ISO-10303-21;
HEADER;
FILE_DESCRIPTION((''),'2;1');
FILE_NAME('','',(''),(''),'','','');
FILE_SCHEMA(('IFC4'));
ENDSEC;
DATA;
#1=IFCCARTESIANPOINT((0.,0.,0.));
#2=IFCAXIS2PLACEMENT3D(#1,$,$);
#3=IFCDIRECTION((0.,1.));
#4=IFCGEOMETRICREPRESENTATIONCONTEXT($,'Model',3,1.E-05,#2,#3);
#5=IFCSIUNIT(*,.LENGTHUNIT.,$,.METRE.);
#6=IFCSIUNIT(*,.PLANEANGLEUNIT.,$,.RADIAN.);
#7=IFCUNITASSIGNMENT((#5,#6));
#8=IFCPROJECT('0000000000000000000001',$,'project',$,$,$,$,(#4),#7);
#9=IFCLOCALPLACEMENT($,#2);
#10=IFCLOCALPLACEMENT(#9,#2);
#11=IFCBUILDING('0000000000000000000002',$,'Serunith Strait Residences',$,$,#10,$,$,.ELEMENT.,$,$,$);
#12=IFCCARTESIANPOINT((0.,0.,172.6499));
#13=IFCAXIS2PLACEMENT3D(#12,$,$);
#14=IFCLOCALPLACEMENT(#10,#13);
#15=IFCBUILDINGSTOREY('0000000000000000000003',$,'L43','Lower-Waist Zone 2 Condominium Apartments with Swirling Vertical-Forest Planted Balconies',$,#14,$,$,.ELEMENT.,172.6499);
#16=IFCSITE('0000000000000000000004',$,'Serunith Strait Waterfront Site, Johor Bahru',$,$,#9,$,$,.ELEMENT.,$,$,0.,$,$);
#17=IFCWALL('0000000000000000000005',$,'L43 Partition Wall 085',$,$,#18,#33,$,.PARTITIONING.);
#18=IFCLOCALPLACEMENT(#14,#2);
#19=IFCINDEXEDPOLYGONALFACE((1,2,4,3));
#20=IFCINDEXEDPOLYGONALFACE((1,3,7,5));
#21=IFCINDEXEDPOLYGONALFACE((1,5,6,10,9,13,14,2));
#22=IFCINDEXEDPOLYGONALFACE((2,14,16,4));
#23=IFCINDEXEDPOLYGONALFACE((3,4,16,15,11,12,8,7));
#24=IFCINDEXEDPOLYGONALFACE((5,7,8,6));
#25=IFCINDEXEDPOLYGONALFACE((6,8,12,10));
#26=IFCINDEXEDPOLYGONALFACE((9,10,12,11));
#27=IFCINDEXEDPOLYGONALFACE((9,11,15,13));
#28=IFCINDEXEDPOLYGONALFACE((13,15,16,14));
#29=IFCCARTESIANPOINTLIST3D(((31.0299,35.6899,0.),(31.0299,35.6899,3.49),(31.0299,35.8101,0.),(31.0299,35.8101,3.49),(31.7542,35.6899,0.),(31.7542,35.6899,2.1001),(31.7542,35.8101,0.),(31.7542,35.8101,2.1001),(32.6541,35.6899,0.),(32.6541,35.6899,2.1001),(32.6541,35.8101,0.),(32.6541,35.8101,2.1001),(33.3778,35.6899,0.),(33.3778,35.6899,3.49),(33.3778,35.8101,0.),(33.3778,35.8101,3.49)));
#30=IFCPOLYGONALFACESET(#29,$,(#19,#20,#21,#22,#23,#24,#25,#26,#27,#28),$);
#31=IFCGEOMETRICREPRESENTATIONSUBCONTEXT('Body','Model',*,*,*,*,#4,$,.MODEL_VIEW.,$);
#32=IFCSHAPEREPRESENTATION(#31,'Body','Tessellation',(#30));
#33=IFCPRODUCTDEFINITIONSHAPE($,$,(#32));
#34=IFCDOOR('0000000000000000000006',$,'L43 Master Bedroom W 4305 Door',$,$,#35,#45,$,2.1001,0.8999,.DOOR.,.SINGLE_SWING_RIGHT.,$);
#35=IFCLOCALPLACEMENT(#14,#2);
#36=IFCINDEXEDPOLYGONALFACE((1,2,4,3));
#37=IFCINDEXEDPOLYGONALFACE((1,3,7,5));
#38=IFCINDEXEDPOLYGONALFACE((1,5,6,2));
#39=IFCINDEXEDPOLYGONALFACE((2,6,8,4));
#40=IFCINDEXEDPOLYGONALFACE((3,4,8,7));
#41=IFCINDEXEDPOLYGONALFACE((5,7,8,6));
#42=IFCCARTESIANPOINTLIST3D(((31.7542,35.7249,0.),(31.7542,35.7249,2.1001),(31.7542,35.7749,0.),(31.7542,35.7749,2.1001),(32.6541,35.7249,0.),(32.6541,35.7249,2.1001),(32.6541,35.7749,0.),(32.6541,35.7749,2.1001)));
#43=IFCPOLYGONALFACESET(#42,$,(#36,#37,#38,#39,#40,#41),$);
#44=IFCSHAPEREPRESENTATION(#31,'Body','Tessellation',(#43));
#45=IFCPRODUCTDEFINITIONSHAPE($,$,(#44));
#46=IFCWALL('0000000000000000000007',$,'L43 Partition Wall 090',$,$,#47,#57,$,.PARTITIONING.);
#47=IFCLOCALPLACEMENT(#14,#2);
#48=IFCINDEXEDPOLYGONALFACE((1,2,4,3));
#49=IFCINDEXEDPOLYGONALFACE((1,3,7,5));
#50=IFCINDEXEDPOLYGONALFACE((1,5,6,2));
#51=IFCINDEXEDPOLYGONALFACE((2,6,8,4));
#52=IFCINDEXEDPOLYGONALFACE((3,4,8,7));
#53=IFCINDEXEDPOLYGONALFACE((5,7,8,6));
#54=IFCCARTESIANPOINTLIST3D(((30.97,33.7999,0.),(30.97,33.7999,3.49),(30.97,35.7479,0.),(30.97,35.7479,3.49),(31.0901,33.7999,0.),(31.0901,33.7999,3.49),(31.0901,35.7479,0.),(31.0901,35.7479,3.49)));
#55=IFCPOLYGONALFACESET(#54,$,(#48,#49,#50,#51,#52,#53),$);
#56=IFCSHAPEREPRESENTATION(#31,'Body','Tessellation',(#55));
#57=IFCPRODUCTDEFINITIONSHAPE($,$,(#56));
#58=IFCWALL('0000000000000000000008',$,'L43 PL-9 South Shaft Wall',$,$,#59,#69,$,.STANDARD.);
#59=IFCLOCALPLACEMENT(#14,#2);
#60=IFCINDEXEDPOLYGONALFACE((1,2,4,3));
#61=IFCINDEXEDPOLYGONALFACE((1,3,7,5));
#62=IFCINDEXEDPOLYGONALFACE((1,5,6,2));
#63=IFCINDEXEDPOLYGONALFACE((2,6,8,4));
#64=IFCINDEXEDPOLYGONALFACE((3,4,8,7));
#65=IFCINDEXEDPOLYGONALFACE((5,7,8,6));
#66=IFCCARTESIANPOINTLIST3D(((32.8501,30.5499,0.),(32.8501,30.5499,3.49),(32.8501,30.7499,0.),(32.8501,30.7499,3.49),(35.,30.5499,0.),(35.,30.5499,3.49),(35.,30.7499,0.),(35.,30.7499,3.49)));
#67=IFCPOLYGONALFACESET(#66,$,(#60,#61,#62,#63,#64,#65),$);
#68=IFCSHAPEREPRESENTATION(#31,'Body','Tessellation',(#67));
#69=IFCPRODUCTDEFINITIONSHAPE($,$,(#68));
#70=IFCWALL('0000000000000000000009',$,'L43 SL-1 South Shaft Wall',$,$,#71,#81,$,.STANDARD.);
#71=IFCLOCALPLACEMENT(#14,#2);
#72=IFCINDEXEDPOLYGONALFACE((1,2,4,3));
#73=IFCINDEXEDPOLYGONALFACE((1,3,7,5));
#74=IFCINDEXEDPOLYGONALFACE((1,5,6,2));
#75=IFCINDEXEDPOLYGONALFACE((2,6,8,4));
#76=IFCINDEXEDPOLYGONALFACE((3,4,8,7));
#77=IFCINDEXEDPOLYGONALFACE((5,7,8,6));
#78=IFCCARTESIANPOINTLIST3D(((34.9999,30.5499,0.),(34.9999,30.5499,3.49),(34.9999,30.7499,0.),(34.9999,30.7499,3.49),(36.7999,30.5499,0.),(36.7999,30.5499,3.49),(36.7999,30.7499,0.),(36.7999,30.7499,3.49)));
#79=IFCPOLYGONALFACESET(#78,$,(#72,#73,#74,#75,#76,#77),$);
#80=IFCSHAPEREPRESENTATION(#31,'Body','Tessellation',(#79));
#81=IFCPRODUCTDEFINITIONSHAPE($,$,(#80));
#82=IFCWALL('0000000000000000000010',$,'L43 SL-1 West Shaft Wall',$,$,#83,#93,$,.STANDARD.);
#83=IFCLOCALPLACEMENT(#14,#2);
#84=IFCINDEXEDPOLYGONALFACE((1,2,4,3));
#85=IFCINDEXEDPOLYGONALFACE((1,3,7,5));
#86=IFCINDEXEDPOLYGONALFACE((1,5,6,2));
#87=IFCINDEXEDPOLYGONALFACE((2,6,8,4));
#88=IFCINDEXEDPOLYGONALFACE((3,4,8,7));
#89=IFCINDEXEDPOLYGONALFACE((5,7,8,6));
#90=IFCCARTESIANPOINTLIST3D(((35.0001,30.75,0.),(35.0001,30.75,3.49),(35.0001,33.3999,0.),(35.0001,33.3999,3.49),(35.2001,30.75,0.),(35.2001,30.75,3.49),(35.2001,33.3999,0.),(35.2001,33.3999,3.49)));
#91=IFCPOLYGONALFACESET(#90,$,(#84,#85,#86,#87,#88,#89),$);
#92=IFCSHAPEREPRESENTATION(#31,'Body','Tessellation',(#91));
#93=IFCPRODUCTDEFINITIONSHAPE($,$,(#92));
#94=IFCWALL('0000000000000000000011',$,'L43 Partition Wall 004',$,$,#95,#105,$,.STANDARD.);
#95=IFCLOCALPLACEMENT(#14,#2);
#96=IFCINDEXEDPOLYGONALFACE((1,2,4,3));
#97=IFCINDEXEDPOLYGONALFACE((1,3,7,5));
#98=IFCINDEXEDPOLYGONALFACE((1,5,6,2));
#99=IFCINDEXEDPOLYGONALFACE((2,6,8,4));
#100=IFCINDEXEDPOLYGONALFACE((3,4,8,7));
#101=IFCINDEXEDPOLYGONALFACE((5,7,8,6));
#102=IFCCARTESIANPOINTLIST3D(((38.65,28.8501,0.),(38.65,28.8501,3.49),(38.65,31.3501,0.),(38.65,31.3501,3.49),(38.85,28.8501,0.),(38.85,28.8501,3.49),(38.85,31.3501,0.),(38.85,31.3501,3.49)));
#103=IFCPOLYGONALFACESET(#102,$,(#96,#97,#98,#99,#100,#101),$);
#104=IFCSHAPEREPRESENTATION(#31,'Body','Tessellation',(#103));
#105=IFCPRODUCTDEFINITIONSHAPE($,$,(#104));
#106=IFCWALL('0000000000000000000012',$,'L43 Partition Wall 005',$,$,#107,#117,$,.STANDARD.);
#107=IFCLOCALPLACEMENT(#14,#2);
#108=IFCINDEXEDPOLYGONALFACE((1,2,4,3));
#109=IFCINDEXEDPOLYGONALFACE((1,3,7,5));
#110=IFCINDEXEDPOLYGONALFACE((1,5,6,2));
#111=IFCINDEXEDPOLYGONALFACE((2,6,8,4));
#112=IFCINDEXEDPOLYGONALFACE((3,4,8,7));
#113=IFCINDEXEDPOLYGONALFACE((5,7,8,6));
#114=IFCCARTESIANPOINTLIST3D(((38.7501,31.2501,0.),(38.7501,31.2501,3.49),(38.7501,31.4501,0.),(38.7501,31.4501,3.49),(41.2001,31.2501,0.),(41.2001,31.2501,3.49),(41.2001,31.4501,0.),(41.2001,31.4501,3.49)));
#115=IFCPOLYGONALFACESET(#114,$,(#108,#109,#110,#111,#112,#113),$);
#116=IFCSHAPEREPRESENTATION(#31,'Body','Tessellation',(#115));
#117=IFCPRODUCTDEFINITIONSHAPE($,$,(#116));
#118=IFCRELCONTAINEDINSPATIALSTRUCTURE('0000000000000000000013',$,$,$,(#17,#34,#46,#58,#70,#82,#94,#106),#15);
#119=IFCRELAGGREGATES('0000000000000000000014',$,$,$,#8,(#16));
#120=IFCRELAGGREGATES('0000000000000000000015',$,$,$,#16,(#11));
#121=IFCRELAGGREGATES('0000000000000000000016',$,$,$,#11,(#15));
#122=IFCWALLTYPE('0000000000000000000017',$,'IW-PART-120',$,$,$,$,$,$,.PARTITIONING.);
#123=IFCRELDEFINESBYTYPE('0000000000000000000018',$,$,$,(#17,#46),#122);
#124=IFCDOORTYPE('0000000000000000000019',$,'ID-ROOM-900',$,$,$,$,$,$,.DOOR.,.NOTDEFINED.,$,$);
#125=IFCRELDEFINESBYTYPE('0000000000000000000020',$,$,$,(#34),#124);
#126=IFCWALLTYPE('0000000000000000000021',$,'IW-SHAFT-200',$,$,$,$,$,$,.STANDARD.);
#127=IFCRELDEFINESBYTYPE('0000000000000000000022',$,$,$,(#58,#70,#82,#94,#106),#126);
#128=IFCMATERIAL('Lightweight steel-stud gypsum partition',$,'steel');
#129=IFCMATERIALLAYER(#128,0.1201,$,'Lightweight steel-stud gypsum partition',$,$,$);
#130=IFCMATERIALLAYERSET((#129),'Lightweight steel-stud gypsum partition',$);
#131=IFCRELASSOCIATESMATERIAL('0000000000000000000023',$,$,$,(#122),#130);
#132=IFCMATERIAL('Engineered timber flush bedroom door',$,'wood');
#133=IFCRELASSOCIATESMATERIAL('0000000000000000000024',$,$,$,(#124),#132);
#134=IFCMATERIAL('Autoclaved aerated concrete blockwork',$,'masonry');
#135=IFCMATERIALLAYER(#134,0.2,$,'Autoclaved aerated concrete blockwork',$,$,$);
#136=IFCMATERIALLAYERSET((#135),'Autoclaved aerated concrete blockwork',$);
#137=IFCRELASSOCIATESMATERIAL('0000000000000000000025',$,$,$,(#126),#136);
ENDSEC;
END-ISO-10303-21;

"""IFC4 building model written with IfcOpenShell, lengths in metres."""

from ifc_helpers import new_model, si_unit, direction, frame, frame_2d, origin, place, context, subcontext, project, spatial, rectangle, extrude, source, transform, mapped, material, layer, layer_set, type_object, element, fill, save


model = new_model("IFC4")

# Units and contexts
model_context = context("Model", 3, precision=1e-05, world=origin(), true_north=direction((0.0, 1.0)))
body_context = subcontext(model_context, "Body", "Model", "MODEL_VIEW")
ifc_project = project(units=[si_unit("LENGTHUNIT", "METRE"), si_unit("PLANEANGLEUNIT", "RADIAN")], contexts=[model_context])

# Site, building, storey
site_placement = place(None, origin())
site = spatial("IfcSite", under=ifc_project, at=site_placement, Name="Serunith Strait Waterfront Site, Johor Bahru", CompositionType="ELEMENT", RefElevation=0.0)
building_placement = place(site_placement, origin())
building = spatial("IfcBuilding", under=site, at=building_placement, Name="Serunith Strait Residences", CompositionType="ELEMENT")
storey_placement = place(building_placement, frame((0.0, 0.0, 172.6499)))
storey = spatial("IfcBuildingStorey", under=building, at=storey_placement, Name="L43", Description="Lower-Waist Zone 2 Condominium Apartments with Swirling Vertical-Forest Planted Balconies", CompositionType="ELEMENT", Elevation=172.6499)

# Wall, opening, door
ifc_material_1 = material(Name="Lightweight steel-stud gypsum partition", Category="steel")
ifc_layer_1 = layer(ifc_material_1, 0.1201, Name="Lightweight steel-stud gypsum partition")
ifc_layer_set_1 = layer_set([ifc_layer_1], Name="Lightweight steel-stud gypsum partition")
wall_type_1 = type_object("IfcWallType", Name="IW-PART-120", PredefinedType="PARTITIONING", material=ifc_layer_set_1)
wall_1_placement = place(storey_placement, frame((31.03, 35.75, 0.0), z_axis=(0.0, 0.0, 1.0), x_axis=(1.0, 0.0, 0.0)))
wall_1 = element("IfcWall", 1, at=wall_1_placement, inside=storey, type_object=wall_type_1, Name="L43 Partition Wall 085", PredefinedType="PARTITIONING", context=body_context, shape_type="SweptSolid", body=[
    extrude(rectangle(XDim=2.3479, YDim=0.1201, at=frame_2d((1.1738, 0.0))), origin(), (0.0, 0.0, 1.0), 3.49),
])
opening_1_placement = place(wall_1_placement, frame((0.7241, 0.0, 0.0)))
opening_1 = element("IfcOpeningElement", 2, at=opening_1_placement, cuts=wall_1, PredefinedType="OPENING", context=body_context, shape_type="SweptSolid", body=[
    extrude(rectangle(XDim=0.8999, YDim=2.1001, at=frame_2d((0.45, 1.05))), frame((0.0, 0.0701, 0.0), z_axis=(0.0, -1.0, 0.0), x_axis=(1.0, 0.0, 0.0)), (0.0, 0.0, 1.0), 0.1401),
])
ifc_material_2 = material(Name="Engineered timber flush bedroom door", Category="wood")
door_type_1 = type_object("IfcDoorType", Name="ID-ROOM-900", OperationType="NOTDEFINED", PredefinedType="DOOR", material=ifc_material_2)
shared_shape_1 = source(origin(), body_context, "Body", "SweptSolid", [
    extrude(rectangle(XDim=0.8999, YDim=2.1001, at=frame_2d((0.45, 1.05))), frame((0.0, 0.0249, 0.0), z_axis=(0.0, -1.0, 0.0), x_axis=(1.0, 0.0, 0.0)), (0.0, 0.0, 1.0), 0.05),
])
door_1_placement = place(opening_1_placement, origin())
door_1 = element("IfcDoor", 3, at=door_1_placement, inside=storey, type_object=door_type_1, Name="L43 Master Bedroom W 4305 Door", OperationType="SINGLE_SWING_RIGHT", OverallHeight=2.1001, OverallWidth=0.8999, PredefinedType="DOOR", context=body_context, shape_type="MappedRepresentation", body=[
    mapped(shared_shape_1, transform((0.0, 0.0, 0.0), scale=1.0)),
])
fill(opening_1, door_1)

# Walls
wall_2_placement = place(storey_placement, frame((31.03, 35.748, 0.0), z_axis=(0.0, 0.0, 1.0), x_axis=(0.0, -1.0, 0.0)))
element("IfcWall", 4, at=wall_2_placement, inside=storey, type_object=wall_type_1, Name="L43 Partition Wall 090", PredefinedType="PARTITIONING", context=body_context, shape_type="SweptSolid", body=[
    extrude(rectangle(XDim=1.948, YDim=0.1201, at=frame_2d((0.9741, 0.0))), origin(), (0.0, 0.0, 1.0), 3.49),
])
ifc_material_3 = material(Name="Autoclaved aerated concrete blockwork", Category="masonry")
ifc_layer_2 = layer(ifc_material_3, 0.2, Name="Autoclaved aerated concrete blockwork")
ifc_layer_set_2 = layer_set([ifc_layer_2], Name="Autoclaved aerated concrete blockwork")
wall_type_2 = type_object("IfcWallType", Name="IW-SHAFT-200", PredefinedType="STANDARD", material=ifc_layer_set_2)
wall_3_placement = place(storey_placement, frame((32.8501, 30.6499, 0.0), z_axis=(0.0, 0.0, 1.0), x_axis=(1.0, 0.0, 0.0)))
element("IfcWall", 5, at=wall_3_placement, inside=storey, type_object=wall_type_2, Name="L43 PL-9 South Shaft Wall", PredefinedType="STANDARD", context=body_context, shape_type="SweptSolid", body=[
    extrude(rectangle(XDim=2.1499, YDim=0.2, at=frame_2d((1.075, 0.0))), origin(), (0.0, 0.0, 1.0), 3.49),
])
wall_4_placement = place(storey_placement, frame((35.0, 30.6499, 0.0), z_axis=(0.0, 0.0, 1.0), x_axis=(1.0, 0.0, 0.0)))
element("IfcWall", 6, at=wall_4_placement, inside=storey, type_object=wall_type_2, Name="L43 SL-1 South Shaft Wall", PredefinedType="STANDARD", context=body_context, shape_type="SweptSolid", body=[
    extrude(rectangle(XDim=1.8, YDim=0.2, at=frame_2d((0.8999, 0.0))), origin(), (0.0, 0.0, 1.0), 3.49),
])
wall_5_placement = place(storey_placement, frame((35.1001, 30.75, 0.0), z_axis=(0.0, 0.0, 1.0), x_axis=(0.0, 1.0, 0.0)))
element("IfcWall", 7, at=wall_5_placement, inside=storey, type_object=wall_type_2, Name="L43 SL-1 West Shaft Wall", PredefinedType="STANDARD", context=body_context, shape_type="SweptSolid", body=[
    extrude(rectangle(XDim=2.6499, YDim=0.2, at=frame_2d((1.325, 0.0))), origin(), (0.0, 0.0, 1.0), 3.49),
])
wall_6_placement = place(storey_placement, frame((38.75, 28.8501, 0.0), z_axis=(0.0, 0.0, 1.0), x_axis=(0.0, 1.0, 0.0)))
element("IfcWall", 8, at=wall_6_placement, inside=storey, type_object=wall_type_2, Name="L43 Partition Wall 004", PredefinedType="STANDARD", context=body_context, shape_type="SweptSolid", body=[
    extrude(rectangle(XDim=2.5, YDim=0.2, at=frame_2d((1.25, 0.0))), origin(), (0.0, 0.0, 1.0), 3.49),
])
wall_7_placement = place(storey_placement, frame((38.75, 31.3501, 0.0), z_axis=(0.0, 0.0, 1.0), x_axis=(1.0, 0.0, 0.0)))
element("IfcWall", 9, at=wall_7_placement, inside=storey, type_object=wall_type_2, Name="L43 Partition Wall 005", PredefinedType="STANDARD", context=body_context, shape_type="SweptSolid", body=[
    extrude(rectangle(XDim=2.45, YDim=0.2, at=frame_2d((1.2251, 0.0))), origin(), (0.0, 0.0, 1.0), 3.49),
])

save(model, "model.ifc")
